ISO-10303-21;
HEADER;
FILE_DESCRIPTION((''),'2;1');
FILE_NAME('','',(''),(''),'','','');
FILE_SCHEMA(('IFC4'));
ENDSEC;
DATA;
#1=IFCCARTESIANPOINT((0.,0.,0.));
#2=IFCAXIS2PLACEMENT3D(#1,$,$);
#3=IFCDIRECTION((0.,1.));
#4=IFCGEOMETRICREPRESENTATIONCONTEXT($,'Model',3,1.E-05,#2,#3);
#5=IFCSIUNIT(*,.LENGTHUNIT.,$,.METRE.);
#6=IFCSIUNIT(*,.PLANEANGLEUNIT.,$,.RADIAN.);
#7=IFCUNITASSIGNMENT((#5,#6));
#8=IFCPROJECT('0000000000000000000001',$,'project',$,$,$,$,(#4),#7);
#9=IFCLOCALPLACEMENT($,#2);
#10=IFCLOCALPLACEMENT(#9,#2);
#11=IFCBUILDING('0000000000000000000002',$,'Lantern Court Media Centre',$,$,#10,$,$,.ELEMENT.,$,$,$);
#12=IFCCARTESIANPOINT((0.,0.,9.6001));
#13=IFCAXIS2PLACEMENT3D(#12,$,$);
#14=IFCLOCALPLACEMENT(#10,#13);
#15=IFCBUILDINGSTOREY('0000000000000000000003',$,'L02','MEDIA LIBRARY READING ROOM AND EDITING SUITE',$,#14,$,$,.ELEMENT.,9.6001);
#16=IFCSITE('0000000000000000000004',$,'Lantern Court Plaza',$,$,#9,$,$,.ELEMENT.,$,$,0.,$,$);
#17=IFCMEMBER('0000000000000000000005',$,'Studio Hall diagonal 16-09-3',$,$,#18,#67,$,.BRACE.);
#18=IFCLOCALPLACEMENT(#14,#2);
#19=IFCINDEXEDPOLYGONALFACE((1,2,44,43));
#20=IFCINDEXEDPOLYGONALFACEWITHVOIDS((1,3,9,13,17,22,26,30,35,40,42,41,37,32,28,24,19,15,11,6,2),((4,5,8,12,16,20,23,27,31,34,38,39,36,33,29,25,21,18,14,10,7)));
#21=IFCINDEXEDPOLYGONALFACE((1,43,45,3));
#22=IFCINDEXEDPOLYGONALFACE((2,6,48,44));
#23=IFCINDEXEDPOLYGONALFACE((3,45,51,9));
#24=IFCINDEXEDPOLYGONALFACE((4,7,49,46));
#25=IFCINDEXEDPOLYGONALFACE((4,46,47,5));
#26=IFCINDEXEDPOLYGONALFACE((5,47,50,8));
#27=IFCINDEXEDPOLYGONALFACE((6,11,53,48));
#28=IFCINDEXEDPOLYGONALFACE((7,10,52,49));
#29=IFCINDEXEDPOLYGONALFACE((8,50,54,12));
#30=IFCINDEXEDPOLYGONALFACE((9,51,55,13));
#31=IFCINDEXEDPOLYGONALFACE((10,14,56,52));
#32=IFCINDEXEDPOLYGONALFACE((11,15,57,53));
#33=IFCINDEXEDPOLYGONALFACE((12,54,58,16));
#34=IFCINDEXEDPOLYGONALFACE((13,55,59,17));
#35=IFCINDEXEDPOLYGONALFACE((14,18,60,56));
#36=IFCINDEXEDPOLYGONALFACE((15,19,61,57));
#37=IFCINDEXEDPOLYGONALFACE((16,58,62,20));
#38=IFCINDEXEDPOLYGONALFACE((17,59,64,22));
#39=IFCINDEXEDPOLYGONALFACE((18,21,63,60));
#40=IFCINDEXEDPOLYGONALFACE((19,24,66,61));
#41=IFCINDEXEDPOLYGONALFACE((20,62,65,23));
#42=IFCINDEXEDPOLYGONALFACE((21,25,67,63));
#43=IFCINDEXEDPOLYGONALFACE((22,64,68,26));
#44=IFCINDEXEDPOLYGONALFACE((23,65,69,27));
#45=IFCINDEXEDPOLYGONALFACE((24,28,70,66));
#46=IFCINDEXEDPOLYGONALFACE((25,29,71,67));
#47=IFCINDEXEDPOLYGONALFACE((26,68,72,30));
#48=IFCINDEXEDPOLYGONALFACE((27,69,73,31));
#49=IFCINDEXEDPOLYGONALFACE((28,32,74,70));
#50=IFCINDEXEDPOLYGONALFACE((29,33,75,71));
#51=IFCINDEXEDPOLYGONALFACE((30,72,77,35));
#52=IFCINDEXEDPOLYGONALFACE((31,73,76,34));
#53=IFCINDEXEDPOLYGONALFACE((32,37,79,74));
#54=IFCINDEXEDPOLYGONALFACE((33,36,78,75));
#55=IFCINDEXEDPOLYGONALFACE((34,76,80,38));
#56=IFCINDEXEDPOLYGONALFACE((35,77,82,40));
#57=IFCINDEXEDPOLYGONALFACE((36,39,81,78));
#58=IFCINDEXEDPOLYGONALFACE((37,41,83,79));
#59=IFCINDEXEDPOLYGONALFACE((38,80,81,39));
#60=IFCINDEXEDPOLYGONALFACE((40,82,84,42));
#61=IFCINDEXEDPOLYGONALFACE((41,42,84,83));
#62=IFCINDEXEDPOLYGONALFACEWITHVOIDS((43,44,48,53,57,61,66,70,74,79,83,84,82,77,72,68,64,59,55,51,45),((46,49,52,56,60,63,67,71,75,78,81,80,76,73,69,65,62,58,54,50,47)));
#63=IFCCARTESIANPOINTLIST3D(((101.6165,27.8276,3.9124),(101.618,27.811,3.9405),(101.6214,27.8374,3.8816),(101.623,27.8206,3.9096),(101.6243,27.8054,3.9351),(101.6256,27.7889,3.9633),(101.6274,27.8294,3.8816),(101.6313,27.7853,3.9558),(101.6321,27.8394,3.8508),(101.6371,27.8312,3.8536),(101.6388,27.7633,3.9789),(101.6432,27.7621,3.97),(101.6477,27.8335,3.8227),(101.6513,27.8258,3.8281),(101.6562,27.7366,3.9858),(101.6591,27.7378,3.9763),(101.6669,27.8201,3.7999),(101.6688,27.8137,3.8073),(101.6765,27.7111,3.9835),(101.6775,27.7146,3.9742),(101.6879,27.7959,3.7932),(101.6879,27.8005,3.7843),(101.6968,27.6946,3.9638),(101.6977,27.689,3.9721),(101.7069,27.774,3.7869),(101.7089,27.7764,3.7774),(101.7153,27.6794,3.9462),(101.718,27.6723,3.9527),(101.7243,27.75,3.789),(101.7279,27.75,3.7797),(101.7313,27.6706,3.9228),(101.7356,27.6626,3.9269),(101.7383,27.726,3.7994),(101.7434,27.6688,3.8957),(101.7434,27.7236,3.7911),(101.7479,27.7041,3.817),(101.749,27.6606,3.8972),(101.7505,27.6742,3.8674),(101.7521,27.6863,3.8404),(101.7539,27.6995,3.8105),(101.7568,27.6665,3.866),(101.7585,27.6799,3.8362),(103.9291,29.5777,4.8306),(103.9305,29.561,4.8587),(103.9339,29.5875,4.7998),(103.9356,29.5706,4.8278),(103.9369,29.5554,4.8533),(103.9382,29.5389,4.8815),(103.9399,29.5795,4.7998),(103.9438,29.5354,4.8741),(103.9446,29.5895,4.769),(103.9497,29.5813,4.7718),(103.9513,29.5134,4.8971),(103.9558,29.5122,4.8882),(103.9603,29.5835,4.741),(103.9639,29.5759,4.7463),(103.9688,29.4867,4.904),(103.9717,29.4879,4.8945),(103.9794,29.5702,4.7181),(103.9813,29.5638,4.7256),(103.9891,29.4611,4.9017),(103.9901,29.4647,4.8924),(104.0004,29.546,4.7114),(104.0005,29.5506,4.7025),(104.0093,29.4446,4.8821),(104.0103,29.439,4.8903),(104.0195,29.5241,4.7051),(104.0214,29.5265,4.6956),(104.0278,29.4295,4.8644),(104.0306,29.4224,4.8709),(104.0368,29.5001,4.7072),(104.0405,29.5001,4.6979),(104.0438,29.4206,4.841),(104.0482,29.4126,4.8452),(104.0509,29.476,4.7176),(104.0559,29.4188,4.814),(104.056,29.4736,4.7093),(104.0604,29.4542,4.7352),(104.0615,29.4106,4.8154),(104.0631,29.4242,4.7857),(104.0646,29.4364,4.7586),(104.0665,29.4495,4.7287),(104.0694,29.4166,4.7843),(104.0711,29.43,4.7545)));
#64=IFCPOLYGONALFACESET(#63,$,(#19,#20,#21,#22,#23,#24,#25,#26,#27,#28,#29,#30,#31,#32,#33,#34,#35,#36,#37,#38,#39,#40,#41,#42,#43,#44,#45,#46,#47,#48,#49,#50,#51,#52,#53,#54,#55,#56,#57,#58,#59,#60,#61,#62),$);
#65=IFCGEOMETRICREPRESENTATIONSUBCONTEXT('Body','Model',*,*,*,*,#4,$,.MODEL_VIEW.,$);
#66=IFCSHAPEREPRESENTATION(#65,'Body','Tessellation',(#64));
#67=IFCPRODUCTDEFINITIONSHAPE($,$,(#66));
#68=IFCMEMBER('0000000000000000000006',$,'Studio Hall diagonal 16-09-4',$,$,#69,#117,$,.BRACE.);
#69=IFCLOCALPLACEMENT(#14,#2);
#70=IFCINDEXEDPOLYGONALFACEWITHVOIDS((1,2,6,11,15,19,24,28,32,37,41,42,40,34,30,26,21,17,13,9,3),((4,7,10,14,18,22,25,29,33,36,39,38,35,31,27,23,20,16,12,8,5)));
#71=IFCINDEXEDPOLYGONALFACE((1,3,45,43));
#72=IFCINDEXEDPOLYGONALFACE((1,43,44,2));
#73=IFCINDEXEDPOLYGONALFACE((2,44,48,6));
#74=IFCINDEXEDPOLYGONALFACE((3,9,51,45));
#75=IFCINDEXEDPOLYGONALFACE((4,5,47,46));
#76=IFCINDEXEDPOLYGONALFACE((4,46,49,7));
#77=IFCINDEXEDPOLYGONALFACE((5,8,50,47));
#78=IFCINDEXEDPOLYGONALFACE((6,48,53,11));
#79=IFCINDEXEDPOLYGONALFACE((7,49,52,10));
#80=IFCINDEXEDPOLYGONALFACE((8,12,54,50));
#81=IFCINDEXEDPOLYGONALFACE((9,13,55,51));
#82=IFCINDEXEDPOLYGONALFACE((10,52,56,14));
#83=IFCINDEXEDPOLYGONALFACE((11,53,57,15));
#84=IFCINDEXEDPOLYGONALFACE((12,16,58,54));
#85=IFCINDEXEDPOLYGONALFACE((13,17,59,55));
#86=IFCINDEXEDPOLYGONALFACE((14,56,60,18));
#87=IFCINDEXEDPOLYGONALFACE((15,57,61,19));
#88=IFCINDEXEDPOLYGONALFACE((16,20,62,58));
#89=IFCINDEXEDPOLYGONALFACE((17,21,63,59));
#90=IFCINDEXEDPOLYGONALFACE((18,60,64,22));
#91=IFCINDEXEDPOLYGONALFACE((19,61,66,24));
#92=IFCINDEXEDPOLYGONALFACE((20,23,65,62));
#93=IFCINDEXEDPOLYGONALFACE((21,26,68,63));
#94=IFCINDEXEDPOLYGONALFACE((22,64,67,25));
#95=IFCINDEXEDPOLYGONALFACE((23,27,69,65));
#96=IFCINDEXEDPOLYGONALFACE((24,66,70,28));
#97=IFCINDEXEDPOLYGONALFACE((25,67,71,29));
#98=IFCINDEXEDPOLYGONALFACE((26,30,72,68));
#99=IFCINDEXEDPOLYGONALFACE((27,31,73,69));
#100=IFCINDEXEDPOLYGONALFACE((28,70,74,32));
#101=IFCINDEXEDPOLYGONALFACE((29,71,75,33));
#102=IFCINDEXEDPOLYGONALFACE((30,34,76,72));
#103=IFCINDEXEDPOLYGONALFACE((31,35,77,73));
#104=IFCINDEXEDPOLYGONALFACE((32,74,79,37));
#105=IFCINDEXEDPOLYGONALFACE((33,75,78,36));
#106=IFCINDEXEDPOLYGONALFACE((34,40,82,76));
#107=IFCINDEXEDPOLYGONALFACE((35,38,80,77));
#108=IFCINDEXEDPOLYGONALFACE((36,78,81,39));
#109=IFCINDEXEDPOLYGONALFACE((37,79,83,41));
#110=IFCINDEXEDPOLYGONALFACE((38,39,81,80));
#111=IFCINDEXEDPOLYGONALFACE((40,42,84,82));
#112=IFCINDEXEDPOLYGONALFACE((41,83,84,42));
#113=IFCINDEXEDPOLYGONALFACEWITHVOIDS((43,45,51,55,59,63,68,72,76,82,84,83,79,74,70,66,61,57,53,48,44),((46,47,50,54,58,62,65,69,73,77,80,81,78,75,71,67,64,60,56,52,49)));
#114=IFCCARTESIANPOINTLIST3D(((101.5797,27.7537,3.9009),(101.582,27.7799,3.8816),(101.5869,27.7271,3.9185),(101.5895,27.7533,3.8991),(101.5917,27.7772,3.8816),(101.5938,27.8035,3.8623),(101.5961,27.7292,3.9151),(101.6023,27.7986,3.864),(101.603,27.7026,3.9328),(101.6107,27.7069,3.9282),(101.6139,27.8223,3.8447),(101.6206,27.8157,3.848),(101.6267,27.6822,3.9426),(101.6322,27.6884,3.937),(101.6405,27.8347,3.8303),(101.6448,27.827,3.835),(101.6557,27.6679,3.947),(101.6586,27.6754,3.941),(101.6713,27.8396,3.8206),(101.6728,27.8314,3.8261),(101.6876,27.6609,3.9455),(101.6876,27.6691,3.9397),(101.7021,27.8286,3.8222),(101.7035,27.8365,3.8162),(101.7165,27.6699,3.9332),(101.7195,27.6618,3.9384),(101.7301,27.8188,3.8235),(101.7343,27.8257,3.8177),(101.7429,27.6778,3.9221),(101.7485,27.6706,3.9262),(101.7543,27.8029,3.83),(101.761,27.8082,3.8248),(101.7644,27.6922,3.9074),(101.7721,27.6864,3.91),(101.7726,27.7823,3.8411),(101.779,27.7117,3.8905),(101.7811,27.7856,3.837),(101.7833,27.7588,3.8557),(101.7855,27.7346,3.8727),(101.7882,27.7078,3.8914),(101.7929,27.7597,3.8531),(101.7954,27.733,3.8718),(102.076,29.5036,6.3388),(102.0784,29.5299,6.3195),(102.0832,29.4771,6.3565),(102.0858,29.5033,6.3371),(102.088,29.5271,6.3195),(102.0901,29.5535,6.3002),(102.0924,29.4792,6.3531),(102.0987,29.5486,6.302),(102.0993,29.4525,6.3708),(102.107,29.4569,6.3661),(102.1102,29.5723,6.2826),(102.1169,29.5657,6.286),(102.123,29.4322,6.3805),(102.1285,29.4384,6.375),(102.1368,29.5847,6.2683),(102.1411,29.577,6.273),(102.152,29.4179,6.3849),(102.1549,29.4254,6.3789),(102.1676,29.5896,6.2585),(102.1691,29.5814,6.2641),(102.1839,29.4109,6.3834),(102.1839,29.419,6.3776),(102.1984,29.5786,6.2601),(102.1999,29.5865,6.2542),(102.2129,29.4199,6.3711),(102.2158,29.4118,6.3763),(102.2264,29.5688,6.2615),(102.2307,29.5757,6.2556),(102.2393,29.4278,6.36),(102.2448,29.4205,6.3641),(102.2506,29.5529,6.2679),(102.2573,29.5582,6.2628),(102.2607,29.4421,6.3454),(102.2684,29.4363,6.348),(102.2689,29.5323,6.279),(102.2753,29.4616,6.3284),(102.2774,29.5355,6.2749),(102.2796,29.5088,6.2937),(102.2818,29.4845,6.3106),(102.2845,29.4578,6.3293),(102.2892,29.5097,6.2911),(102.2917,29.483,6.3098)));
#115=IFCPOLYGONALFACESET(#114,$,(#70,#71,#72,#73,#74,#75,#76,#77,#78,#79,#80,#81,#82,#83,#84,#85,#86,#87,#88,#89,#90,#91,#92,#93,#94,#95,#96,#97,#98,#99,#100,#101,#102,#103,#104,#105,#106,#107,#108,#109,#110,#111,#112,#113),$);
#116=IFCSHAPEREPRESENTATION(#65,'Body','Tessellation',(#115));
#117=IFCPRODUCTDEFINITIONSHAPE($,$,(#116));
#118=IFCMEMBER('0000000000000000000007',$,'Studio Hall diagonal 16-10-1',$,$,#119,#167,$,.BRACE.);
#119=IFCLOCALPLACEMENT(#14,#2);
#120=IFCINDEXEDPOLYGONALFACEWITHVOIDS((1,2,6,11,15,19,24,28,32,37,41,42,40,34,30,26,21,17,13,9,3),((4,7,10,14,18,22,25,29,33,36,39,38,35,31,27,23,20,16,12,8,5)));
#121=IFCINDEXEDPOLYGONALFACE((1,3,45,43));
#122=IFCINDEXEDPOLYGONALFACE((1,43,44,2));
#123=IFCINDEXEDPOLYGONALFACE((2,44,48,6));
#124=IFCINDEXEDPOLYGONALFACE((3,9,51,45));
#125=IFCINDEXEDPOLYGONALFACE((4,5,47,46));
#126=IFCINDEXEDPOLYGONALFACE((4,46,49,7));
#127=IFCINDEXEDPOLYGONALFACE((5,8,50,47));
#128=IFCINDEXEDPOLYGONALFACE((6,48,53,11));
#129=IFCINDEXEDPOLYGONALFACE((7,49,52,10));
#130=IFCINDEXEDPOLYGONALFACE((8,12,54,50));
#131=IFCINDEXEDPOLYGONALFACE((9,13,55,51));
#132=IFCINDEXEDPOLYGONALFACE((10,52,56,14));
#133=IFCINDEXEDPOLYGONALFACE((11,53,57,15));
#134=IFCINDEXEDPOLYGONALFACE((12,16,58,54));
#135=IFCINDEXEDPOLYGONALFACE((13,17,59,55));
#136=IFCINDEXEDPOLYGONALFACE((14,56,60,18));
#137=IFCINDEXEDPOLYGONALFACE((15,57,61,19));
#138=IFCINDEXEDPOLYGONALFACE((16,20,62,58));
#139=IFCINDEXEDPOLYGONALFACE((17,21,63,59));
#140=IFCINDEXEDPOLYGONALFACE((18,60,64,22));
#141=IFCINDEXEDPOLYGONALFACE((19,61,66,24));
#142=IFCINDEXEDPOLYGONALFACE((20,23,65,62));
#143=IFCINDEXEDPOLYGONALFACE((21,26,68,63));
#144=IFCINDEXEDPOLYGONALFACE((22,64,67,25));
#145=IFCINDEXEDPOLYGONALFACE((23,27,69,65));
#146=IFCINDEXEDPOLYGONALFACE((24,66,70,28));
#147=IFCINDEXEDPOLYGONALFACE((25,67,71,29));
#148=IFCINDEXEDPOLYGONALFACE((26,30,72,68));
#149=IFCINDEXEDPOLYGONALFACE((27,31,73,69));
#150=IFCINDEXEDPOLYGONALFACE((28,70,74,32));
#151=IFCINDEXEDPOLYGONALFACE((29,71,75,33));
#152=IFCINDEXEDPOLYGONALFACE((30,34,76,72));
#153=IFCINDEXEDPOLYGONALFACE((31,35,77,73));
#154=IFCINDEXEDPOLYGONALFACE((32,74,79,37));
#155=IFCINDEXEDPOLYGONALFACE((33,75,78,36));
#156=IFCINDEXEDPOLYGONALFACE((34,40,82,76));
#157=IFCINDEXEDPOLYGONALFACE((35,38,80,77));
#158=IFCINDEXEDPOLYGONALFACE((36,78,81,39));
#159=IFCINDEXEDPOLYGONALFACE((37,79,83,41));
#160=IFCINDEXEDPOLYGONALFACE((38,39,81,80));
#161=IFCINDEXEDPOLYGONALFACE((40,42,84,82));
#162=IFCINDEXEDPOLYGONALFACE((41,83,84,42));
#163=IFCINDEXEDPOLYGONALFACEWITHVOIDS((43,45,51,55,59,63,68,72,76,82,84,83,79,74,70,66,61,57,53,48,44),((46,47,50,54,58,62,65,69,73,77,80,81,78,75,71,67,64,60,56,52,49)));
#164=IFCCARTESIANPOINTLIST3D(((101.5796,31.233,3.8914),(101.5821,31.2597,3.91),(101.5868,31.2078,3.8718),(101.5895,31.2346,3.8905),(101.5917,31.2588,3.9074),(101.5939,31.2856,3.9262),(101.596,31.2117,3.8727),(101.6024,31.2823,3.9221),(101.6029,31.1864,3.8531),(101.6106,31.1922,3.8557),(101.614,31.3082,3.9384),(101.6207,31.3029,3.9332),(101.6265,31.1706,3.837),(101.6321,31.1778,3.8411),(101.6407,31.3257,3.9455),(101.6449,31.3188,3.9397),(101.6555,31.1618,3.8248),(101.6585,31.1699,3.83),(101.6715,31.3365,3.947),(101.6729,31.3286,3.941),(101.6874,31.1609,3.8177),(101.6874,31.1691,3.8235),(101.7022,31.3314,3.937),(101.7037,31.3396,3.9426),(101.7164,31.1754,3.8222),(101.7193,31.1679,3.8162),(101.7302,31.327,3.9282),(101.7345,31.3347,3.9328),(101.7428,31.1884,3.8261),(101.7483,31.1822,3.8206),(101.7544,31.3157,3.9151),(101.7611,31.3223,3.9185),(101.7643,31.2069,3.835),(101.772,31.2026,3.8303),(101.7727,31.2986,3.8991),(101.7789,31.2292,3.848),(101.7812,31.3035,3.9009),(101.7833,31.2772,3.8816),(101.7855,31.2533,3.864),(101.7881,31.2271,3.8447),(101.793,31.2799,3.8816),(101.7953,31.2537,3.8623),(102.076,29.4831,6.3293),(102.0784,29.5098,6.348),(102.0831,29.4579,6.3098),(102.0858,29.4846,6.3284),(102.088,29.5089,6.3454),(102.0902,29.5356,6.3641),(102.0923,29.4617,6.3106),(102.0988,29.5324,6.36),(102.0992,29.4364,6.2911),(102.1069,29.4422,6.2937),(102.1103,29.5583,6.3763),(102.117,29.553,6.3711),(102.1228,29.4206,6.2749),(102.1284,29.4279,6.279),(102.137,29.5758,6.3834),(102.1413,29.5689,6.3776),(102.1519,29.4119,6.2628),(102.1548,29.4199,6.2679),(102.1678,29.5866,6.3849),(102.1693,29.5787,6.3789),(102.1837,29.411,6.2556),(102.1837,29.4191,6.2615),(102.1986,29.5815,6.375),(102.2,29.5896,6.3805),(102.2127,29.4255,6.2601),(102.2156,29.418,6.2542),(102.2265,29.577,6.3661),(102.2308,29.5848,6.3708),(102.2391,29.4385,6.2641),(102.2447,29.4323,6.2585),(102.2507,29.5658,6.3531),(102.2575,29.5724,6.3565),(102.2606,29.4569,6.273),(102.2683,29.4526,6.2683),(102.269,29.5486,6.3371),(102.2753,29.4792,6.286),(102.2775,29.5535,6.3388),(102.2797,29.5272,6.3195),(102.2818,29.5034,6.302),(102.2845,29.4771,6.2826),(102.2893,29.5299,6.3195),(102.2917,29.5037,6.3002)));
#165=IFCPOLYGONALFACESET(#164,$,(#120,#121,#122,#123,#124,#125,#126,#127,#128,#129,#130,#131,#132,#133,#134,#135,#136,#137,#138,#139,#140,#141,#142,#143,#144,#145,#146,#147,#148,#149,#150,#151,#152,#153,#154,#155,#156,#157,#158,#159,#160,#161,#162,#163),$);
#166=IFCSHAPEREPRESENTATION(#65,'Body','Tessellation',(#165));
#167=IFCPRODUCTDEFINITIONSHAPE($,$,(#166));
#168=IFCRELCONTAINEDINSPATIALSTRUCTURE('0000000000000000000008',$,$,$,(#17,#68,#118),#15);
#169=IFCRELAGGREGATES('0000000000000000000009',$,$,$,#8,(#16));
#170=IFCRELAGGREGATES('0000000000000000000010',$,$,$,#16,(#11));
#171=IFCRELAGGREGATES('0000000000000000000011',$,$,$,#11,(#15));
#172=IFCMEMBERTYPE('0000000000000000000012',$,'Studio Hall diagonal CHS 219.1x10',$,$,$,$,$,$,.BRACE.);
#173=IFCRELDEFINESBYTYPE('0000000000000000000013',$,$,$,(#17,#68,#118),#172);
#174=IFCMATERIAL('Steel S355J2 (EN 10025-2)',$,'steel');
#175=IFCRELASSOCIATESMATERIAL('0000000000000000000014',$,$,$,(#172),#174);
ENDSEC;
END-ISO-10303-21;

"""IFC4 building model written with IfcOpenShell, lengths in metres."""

from ifc_helpers import new_model, si_unit, direction, frame, origin, origin_2d, place, context, subcontext, project, spatial, hollow_circle, extrude, material, material_profile, profile_set, type_object, element, save


model = new_model("IFC4")

# Units and contexts
model_context = context("Model", 3, precision=1e-05, world=origin(), true_north=direction((0.0, 1.0)))
body_context = subcontext(model_context, "Body", "Model", "MODEL_VIEW")
ifc_project = project(units=[si_unit("LENGTHUNIT", "METRE"), si_unit("PLANEANGLEUNIT", "RADIAN")], contexts=[model_context])

# Site, building, storey
site_placement = place(None, origin())
site = spatial("IfcSite", under=ifc_project, at=site_placement, Name="Lantern Court Plaza", CompositionType="ELEMENT", RefElevation=0.0)
building_placement = place(site_placement, origin())
building = spatial("IfcBuilding", under=site, at=building_placement, Name="Lantern Court Media Centre", CompositionType="ELEMENT")
storey_placement = place(building_placement, frame((0.0, 0.0, 9.6001)))
storey = spatial("IfcBuildingStorey", under=building, at=storey_placement, Name="L02", Description="MEDIA LIBRARY READING ROOM AND EDITING SUITE", CompositionType="ELEMENT", Elevation=9.6001)

# Shared definitions
ifc_material_1 = material(Name="Steel S355J2 (EN 10025-2)", Category="steel")

# Members
ifc_material_profile_1 = material_profile(ifc_material_1, hollow_circle(Radius=0.1096, WallThickness=0.01, at=origin_2d()), Name="Studio Hall diagonal CHS 219.1x10")
ifc_profile_set_1 = profile_set([ifc_material_profile_1], Name="Steel S355J2 (EN 10025-2)")
member_type_1 = type_object("IfcMemberType", Name="Studio Hall diagonal CHS 219.1x10", PredefinedType="BRACE", material=ifc_profile_set_1)
for number, where, z_axis, x_axis, name in (
    (1, (101.6875, 27.75, 3.8816), (0.760211, 0.575295, 0.301853), (-0.603443, 0.797406, 0.0), "Studio Hall diagonal 16-09-3"),
):
    element("IfcMember", number, at=place(storey_placement, frame(where, z_axis=z_axis, x_axis=x_axis)), inside=storey, type_object=member_type_1, Name=name, PredefinedType="BRACE", context=body_context, shape_type="SweptSolid", body=[
        extrude(hollow_circle(Radius=0.1096, WallThickness=0.01, at=origin_2d()), origin(), (0.0, 0.0, 1.0), 3.042),
    ])
for number, where, z_axis, x_axis, name in (
    (2, (101.6875, 27.75, 3.8816), (0.163172, 0.575314, 0.801491), (-0.962054, 0.272859, 0.0), "Studio Hall diagonal 16-09-4"),
    (3, (101.6875, 31.25, 3.8816), (0.163172, -0.575314, 0.801491), (0.962054, 0.272859, 0.0), "Studio Hall diagonal 16-10-1"),
):
    element("IfcMember", number, at=place(storey_placement, frame(where, z_axis=z_axis, x_axis=x_axis)), inside=storey, type_object=member_type_1, Name=name, PredefinedType="BRACE", context=body_context, shape_type="SweptSolid", body=[
        extrude(hollow_circle(Radius=0.1096, WallThickness=0.01, at=origin_2d()), origin(), (0.0, 0.0, 1.0), 3.0417),
    ])

save(model, "model.ifc")
